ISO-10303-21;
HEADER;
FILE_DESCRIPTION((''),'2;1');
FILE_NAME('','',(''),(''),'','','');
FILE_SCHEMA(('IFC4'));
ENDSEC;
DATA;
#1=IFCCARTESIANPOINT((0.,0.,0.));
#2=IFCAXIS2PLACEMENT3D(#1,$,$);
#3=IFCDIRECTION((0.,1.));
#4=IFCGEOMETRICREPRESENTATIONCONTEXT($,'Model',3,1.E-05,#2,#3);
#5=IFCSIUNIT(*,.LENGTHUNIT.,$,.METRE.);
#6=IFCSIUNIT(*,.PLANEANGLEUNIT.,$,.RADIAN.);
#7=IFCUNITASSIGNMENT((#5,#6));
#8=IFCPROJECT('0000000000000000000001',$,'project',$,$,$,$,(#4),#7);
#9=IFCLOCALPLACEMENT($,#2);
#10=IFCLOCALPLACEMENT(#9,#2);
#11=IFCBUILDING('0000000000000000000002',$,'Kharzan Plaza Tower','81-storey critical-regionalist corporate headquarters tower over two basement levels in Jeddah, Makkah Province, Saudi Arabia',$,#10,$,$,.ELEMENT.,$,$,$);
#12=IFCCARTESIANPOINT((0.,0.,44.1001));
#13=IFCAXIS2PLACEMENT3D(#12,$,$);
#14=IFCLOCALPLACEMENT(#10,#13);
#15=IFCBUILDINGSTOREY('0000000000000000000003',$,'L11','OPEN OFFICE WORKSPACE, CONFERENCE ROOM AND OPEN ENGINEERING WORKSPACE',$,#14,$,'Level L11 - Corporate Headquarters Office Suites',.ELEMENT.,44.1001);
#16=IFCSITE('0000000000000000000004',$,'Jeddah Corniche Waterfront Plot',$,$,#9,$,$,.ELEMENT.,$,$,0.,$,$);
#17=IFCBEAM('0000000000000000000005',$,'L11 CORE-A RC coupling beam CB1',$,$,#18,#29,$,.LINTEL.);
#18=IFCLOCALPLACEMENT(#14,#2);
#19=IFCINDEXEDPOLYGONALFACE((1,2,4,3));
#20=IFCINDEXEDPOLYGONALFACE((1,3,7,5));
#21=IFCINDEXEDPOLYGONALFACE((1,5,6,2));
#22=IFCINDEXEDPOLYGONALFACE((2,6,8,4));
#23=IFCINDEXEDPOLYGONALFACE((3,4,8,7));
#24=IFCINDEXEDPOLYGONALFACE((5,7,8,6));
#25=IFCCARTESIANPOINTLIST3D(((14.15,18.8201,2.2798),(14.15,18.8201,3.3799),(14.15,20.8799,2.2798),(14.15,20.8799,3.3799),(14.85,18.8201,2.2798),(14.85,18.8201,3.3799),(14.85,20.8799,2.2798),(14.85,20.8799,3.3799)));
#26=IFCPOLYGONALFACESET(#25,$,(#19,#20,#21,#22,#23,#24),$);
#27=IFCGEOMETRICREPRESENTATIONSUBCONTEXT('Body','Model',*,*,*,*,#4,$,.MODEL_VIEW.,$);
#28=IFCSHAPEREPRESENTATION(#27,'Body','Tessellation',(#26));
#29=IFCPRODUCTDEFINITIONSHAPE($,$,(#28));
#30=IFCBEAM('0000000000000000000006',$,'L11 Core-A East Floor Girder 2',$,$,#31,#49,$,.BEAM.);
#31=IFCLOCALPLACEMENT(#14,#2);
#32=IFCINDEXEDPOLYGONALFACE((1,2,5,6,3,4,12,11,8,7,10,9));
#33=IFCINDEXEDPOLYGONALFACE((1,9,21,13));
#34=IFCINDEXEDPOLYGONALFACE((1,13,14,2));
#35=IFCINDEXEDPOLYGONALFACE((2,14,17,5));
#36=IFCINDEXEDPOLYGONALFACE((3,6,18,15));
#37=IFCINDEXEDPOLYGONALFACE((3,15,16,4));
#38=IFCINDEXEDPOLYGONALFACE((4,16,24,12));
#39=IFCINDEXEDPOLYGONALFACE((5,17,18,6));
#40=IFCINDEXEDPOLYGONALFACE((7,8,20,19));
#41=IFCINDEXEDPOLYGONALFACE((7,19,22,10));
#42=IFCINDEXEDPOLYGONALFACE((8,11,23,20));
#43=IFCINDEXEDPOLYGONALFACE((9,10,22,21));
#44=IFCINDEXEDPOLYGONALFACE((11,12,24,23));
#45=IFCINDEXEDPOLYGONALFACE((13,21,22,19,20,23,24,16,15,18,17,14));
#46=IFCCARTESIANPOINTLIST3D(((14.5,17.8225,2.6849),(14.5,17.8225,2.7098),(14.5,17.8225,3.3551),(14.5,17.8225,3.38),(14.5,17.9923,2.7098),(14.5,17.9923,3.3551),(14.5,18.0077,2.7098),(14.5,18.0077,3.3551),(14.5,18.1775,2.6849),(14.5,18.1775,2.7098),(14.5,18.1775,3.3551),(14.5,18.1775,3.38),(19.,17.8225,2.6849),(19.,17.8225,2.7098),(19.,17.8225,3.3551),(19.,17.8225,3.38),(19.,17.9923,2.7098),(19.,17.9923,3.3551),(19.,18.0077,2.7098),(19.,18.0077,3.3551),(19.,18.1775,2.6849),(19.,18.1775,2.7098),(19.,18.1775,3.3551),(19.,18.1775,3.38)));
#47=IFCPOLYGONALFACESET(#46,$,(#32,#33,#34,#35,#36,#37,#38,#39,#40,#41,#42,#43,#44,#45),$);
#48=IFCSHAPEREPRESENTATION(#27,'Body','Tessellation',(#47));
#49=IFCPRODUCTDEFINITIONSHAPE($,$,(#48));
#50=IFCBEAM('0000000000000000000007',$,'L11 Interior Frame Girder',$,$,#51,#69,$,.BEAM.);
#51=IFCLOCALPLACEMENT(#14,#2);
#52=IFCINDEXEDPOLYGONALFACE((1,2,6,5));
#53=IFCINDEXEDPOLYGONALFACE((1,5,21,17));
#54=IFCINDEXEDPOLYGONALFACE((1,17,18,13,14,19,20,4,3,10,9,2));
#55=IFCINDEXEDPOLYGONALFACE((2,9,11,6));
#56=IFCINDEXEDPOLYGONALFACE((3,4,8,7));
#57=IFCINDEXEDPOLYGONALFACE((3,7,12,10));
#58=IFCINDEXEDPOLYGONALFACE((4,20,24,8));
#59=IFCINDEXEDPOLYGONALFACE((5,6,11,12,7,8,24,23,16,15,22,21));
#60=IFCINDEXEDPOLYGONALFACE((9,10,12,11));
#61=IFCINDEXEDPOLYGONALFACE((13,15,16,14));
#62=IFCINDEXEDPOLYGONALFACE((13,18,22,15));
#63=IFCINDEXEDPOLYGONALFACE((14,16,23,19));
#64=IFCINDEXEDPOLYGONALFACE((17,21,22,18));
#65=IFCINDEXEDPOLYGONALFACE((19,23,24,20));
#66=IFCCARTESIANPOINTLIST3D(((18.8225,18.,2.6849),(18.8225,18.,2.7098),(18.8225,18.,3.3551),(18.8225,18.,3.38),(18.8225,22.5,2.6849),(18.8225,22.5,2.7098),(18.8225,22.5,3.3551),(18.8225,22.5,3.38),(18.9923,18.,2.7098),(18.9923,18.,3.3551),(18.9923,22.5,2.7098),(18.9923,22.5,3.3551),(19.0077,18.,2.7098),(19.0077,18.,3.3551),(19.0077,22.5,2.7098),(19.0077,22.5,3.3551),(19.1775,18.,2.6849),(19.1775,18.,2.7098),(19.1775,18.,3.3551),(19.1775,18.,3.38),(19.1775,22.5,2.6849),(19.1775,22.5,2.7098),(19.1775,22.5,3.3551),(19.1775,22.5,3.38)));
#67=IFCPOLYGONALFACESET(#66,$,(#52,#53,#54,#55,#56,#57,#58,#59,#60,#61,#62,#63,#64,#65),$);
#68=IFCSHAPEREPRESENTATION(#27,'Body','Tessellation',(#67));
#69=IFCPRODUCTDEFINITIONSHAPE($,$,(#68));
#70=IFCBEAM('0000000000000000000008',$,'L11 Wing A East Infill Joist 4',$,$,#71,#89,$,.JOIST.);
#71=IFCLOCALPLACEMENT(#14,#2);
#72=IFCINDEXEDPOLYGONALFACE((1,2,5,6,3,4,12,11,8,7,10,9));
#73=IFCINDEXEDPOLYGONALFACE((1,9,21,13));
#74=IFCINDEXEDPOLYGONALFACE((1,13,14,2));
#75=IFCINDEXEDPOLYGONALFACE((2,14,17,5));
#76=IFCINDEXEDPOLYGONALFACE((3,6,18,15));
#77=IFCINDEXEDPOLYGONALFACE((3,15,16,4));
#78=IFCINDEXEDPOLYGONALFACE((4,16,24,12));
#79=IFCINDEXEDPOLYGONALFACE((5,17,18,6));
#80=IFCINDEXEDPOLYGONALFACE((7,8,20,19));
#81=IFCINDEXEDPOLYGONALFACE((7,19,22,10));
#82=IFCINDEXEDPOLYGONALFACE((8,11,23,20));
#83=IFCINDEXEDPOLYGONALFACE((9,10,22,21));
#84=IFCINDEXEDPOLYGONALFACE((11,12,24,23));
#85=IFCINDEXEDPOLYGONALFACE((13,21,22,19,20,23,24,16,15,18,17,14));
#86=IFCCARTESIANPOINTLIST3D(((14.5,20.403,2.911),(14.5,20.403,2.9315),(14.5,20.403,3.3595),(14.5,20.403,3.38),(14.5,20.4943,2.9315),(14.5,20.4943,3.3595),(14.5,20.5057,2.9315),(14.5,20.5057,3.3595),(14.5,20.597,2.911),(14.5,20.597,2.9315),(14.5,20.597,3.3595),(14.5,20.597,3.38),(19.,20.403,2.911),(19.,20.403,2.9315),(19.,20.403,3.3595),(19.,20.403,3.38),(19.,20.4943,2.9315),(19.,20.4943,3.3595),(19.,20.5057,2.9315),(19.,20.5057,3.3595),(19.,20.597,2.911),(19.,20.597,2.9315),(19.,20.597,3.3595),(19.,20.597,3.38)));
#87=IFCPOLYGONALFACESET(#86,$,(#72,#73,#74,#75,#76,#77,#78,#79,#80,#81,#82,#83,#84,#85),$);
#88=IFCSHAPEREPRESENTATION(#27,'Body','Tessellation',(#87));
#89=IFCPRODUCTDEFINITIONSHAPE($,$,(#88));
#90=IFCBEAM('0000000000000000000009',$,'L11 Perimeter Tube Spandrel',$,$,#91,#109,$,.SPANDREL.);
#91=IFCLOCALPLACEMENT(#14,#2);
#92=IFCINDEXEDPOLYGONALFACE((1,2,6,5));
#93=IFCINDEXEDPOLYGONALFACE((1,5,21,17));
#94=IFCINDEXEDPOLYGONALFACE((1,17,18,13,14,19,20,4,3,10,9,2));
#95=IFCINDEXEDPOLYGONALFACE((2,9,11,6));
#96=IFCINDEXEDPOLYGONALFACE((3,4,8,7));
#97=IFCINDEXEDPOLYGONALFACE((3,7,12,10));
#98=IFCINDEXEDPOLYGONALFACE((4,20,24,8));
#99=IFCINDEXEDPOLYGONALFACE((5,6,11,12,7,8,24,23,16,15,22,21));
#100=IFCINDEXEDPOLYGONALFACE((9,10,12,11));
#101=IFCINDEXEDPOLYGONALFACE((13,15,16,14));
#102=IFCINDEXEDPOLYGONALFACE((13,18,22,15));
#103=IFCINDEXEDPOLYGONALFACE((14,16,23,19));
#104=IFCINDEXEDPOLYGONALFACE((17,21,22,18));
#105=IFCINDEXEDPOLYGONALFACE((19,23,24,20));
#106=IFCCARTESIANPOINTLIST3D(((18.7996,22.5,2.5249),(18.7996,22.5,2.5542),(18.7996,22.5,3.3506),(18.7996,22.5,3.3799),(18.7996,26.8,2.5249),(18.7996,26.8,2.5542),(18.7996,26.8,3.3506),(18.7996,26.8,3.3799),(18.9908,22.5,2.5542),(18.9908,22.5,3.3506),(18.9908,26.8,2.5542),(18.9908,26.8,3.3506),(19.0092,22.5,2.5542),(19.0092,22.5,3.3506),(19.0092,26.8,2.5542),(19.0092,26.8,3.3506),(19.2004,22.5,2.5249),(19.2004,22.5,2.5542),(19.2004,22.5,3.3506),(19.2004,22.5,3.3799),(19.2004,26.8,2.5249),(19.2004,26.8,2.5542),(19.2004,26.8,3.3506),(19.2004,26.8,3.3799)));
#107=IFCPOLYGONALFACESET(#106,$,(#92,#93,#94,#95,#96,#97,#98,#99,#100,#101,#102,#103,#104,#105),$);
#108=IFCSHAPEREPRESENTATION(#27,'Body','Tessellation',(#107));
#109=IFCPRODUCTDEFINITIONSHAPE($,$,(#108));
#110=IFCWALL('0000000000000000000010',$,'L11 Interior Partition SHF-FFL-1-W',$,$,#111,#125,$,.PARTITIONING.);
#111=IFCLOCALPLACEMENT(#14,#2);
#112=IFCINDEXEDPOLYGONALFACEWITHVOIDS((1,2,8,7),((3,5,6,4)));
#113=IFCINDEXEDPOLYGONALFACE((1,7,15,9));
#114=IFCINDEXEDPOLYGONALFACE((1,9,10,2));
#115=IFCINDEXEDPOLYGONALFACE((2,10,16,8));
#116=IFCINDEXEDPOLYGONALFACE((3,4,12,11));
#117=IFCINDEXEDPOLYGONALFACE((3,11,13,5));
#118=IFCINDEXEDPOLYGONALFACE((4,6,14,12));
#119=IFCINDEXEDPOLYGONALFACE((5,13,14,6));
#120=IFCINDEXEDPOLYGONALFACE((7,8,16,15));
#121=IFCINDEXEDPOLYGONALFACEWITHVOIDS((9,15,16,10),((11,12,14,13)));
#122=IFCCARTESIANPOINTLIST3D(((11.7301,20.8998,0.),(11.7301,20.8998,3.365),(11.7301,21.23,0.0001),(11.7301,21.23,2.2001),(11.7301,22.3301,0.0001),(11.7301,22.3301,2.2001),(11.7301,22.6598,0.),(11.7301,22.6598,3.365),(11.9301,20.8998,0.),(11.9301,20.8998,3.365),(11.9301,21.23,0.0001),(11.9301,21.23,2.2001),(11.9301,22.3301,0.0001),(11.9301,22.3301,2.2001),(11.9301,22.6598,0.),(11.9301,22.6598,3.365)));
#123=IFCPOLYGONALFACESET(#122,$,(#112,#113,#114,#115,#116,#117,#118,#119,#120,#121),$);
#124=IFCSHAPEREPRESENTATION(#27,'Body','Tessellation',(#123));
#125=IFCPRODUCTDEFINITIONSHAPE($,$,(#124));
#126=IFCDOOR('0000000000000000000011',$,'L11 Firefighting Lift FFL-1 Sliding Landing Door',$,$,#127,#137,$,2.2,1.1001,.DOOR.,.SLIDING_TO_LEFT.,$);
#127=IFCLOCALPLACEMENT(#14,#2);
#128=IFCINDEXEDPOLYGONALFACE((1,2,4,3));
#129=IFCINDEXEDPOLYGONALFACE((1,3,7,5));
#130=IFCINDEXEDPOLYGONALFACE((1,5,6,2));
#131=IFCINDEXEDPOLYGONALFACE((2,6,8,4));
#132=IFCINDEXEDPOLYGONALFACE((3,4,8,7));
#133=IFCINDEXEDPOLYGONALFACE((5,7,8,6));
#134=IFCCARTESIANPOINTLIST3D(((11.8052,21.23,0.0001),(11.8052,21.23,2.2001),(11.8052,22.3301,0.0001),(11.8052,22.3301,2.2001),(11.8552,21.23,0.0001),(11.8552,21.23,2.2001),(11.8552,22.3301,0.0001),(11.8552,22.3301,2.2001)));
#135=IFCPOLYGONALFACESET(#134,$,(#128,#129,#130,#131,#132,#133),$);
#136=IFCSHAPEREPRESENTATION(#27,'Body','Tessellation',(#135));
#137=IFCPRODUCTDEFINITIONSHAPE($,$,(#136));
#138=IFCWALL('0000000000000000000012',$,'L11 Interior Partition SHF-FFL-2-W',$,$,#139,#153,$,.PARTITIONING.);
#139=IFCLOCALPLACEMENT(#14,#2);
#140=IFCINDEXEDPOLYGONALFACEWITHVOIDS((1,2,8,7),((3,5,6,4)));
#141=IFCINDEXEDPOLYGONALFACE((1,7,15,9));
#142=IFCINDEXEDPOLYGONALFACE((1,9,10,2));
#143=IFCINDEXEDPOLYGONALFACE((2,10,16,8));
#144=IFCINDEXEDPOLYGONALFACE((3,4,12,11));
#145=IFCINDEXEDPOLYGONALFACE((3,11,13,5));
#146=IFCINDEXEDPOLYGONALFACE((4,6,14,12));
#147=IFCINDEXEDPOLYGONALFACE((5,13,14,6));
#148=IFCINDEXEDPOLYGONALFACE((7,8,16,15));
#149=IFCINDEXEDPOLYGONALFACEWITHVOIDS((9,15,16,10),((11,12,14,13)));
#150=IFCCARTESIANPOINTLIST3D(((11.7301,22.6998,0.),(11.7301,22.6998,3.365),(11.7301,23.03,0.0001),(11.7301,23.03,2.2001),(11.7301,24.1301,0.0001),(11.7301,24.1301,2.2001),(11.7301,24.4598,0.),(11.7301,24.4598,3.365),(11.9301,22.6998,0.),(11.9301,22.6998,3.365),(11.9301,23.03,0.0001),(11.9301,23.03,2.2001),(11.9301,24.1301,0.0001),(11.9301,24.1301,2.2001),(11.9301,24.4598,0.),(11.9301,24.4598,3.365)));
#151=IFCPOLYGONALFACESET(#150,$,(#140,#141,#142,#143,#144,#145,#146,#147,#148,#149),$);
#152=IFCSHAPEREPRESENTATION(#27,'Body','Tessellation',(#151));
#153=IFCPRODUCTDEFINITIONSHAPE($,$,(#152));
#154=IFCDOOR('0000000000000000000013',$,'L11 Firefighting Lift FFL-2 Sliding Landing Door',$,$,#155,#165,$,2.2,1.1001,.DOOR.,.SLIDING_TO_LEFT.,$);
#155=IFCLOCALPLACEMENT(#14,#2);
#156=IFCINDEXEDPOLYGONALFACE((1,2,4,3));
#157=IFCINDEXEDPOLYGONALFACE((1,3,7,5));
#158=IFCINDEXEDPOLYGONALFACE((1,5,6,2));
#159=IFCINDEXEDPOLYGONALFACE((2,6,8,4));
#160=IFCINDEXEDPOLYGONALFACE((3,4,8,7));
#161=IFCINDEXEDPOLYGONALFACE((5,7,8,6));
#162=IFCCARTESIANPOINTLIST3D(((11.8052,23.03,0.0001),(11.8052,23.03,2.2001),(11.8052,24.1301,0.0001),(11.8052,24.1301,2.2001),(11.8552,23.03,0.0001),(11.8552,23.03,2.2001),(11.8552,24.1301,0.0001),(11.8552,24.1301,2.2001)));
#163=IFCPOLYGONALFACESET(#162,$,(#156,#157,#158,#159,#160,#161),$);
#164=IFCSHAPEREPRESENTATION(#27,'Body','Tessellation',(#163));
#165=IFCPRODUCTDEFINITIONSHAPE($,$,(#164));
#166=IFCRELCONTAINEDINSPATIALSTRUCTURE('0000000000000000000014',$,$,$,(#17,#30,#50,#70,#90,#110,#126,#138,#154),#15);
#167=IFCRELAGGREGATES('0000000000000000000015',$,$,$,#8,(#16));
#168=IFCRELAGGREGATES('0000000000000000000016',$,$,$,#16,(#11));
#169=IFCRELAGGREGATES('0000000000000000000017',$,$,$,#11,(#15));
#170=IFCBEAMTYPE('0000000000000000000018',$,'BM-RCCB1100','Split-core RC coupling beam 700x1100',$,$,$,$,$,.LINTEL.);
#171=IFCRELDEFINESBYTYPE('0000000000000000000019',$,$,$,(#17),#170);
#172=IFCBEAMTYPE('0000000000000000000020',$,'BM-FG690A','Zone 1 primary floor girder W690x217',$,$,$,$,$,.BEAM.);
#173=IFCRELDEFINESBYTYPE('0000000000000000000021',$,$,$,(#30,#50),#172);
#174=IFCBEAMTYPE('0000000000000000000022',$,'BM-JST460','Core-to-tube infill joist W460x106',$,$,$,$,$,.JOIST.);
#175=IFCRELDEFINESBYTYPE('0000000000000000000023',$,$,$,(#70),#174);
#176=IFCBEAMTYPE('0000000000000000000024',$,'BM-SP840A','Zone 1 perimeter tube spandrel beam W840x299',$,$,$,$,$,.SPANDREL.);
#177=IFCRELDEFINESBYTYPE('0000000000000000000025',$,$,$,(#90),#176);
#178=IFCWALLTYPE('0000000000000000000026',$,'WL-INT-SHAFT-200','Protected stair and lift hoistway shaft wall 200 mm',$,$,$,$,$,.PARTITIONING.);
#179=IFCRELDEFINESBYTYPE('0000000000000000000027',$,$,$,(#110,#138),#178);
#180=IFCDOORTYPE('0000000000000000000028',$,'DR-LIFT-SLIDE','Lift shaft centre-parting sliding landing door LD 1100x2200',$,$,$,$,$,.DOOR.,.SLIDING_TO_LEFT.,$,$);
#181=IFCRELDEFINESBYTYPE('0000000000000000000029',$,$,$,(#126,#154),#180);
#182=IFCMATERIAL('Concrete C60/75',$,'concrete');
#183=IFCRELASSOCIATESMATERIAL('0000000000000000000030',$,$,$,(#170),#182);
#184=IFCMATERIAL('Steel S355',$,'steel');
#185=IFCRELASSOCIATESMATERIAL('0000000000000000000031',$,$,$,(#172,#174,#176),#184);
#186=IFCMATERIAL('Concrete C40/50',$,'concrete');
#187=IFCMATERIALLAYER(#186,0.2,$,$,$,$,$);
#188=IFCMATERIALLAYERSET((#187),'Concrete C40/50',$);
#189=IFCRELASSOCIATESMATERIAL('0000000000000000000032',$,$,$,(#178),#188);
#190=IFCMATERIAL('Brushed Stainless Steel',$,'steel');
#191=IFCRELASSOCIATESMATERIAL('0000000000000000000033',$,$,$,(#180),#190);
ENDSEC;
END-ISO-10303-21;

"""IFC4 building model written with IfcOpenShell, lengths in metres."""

from ifc_helpers import new_model, si_unit, direction, frame, frame_2d, origin, origin_2d, place, context, subcontext, project, spatial, rectangle, i_section, extrude, source, transform, mapped, material, layer, layer_set, material_profile, profile_set, type_object, element, fill, save


model = new_model("IFC4")

# Units and contexts
model_context = context("Model", 3, precision=1e-05, world=origin(), true_north=direction((0.0, 1.0)))
body_context = subcontext(model_context, "Body", "Model", "MODEL_VIEW")
ifc_project = project(units=[si_unit("LENGTHUNIT", "METRE"), si_unit("PLANEANGLEUNIT", "RADIAN")], contexts=[model_context])

# Site, building, storey
site_placement = place(None, origin())
site = spatial("IfcSite", under=ifc_project, at=site_placement, Name="Jeddah Corniche Waterfront Plot", CompositionType="ELEMENT", RefElevation=0.0)
building_placement = place(site_placement, origin())
building = spatial("IfcBuilding", under=site, at=building_placement, Name="Kharzan Plaza Tower", Description="81-storey critical-regionalist corporate headquarters tower over two basement levels in Jeddah, Makkah Province, Saudi Arabia", CompositionType="ELEMENT")
storey_placement = place(building_placement, frame((0.0, 0.0, 44.1001)))
storey = spatial("IfcBuildingStorey", under=building, at=storey_placement, Name="L11", Description="OPEN OFFICE WORKSPACE, CONFERENCE ROOM AND OPEN ENGINEERING WORKSPACE", LongName="Level L11 - Corporate Headquarters Office Suites", CompositionType="ELEMENT", Elevation=44.1001)

# Beams
ifc_material_1 = material(Name="Concrete C60/75", Category="concrete")
ifc_material_profile_1 = material_profile(ifc_material_1, rectangle(XDim=0.7, YDim=1.1001, at=origin_2d()), Name="RC-CB1100x700")
ifc_profile_set_1 = profile_set([ifc_material_profile_1], Name="Concrete C60/75")
beam_type_1 = type_object("IfcBeamType", Name="BM-RCCB1100", Description="Split-core RC coupling beam 700x1100", PredefinedType="LINTEL", material=ifc_profile_set_1)
shared_shape_1 = source(origin(), body_context, "Body", "SweptSolid", [
    extrude(rectangle(XDim=0.7, YDim=1.1001, at=origin_2d()), origin(), (0.0, 0.0, 1.0), 2.0598),
])
beam_1_placement = place(storey_placement, frame((14.5, 18.8201, 2.8298), z_axis=(0.0, 1.0, 0.0), x_axis=(-1.0, 0.0, 0.0)))
element("IfcBeam", 1, at=beam_1_placement, inside=storey, type_object=beam_type_1, Name="L11 CORE-A RC coupling beam CB1", PredefinedType="LINTEL", context=body_context, shape_type="MappedRepresentation", body=[
    mapped(shared_shape_1, transform((0.0, 0.0, 0.0), x_axis=(1.0, 0.0, 0.0), y_axis=(0.0, 1.0, 0.0), z_axis=(0.0, 0.0, 1.0))),
])
ifc_material_2 = material(Name="Steel S355", Category="steel")
ifc_material_profile_2 = material_profile(ifc_material_2, i_section(OverallWidth=0.355, OverallDepth=0.6951, WebThickness=0.0154, FlangeThickness=0.0249, at=origin_2d()), Name="W690x217")
ifc_profile_set_2 = profile_set([ifc_material_profile_2], Name="Steel S355")
beam_type_2 = type_object("IfcBeamType", Name="BM-FG690A", Description="Zone 1 primary floor girder W690x217", PredefinedType="BEAM", material=ifc_profile_set_2)
shared_shape_2 = source(origin(), body_context, "Body", "SweptSolid", [
    extrude(i_section(OverallWidth=0.355, OverallDepth=0.6951, WebThickness=0.0154, FlangeThickness=0.0249, at=origin_2d()), origin(), (0.0, 0.0, 1.0), 4.5),
])
for number, where, z_axis, x_axis, name in (
    (2, (14.5, 18.0, 3.0325), (1.0, 0.0, 0.0), (0.0, 1.0, 0.0), "L11 Core-A East Floor Girder 2"),
    (3, (19.0, 18.0, 3.0325), (0.0, 1.0, 0.0), (-1.0, 0.0, 0.0), "L11 Interior Frame Girder"),
):
    element("IfcBeam", number, at=place(storey_placement, frame(where, z_axis=z_axis, x_axis=x_axis)), inside=storey, type_object=beam_type_2, Name=name, PredefinedType="BEAM", context=body_context, shape_type="MappedRepresentation", body=[
        mapped(shared_shape_2, transform((0.0, 0.0, 0.0), x_axis=(1.0, 0.0, 0.0), y_axis=(0.0, 1.0, 0.0), z_axis=(0.0, 0.0, 1.0))),
    ])
ifc_material_profile_3 = material_profile(ifc_material_2, i_section(OverallWidth=0.1941, OverallDepth=0.469, WebThickness=0.0115, FlangeThickness=0.0205, at=origin_2d()), Name="W460x106")
ifc_profile_set_3 = profile_set([ifc_material_profile_3], Name="Steel S355")
beam_type_3 = type_object("IfcBeamType", Name="BM-JST460", Description="Core-to-tube infill joist W460x106", PredefinedType="JOIST", material=ifc_profile_set_3)
shared_shape_3 = source(origin(), body_context, "Body", "SweptSolid", [
    extrude(i_section(OverallWidth=0.1941, OverallDepth=0.469, WebThickness=0.0115, FlangeThickness=0.0205, at=origin_2d()), origin(), (0.0, 0.0, 1.0), 4.5),
])
beam_2_placement = place(storey_placement, frame((14.5, 20.5, 3.1455), z_axis=(1.0, 0.0, 0.0), x_axis=(0.0, 1.0, 0.0)))
element("IfcBeam", 4, at=beam_2_placement, inside=storey, type_object=beam_type_3, Name="L11 Wing A East Infill Joist 4", PredefinedType="JOIST", context=body_context, shape_type="MappedRepresentation", body=[
    mapped(shared_shape_3, transform((0.0, 0.0, 0.0), x_axis=(1.0, 0.0, 0.0), y_axis=(0.0, 1.0, 0.0), z_axis=(0.0, 0.0, 1.0))),
])
ifc_material_profile_4 = material_profile(ifc_material_2, i_section(OverallWidth=0.4009, OverallDepth=0.855, WebThickness=0.0183, FlangeThickness=0.0293, at=origin_2d()), Name="W840x299")
ifc_profile_set_4 = profile_set([ifc_material_profile_4], Name="Steel S355")
beam_type_4 = type_object("IfcBeamType", Name="BM-SP840A", Description="Zone 1 perimeter tube spandrel beam W840x299", PredefinedType="SPANDREL", material=ifc_profile_set_4)
shared_shape_4 = source(origin(), body_context, "Body", "SweptSolid", [
    extrude(i_section(OverallWidth=0.4009, OverallDepth=0.855, WebThickness=0.0183, FlangeThickness=0.0293, at=origin_2d()), origin(), (0.0, 0.0, 1.0), 4.3),
])
beam_3_placement = place(storey_placement, frame((19.0, 22.5, 2.9524), z_axis=(0.0, 1.0, 0.0), x_axis=(-1.0, 0.0, 0.0)))
element("IfcBeam", 5, at=beam_3_placement, inside=storey, type_object=beam_type_4, Name="L11 Perimeter Tube Spandrel", PredefinedType="SPANDREL", context=body_context, shape_type="MappedRepresentation", body=[
    mapped(shared_shape_4, transform((0.0, 0.0, 0.0), x_axis=(1.0, 0.0, 0.0), y_axis=(0.0, 1.0, 0.0), z_axis=(0.0, 0.0, 1.0))),
])

# Walls, openings, doors
ifc_material_3 = material(Name="Concrete C40/50", Category="concrete")
ifc_layer_1 = layer(ifc_material_3, 0.2)
ifc_layer_set_1 = layer_set([ifc_layer_1], Name="Concrete C40/50")
wall_type_1 = type_object("IfcWallType", Name="WL-INT-SHAFT-200", Description="Protected stair and lift hoistway shaft wall 200 mm", PredefinedType="PARTITIONING", material=ifc_layer_set_1)
wall_1_placement = place(storey_placement, frame((11.8301, 20.8999, 0.0), z_axis=(0.0, 0.0, 1.0), x_axis=(0.0, 1.0, 0.0)))
wall_1 = element("IfcWall", 6, at=wall_1_placement, inside=storey, type_object=wall_type_1, Name="L11 Interior Partition SHF-FFL-1-W", PredefinedType="PARTITIONING", context=body_context, shape_type="SweptSolid", body=[
    extrude(rectangle(XDim=1.76, YDim=0.2, at=frame_2d((0.8799, 0.0))), origin(), (0.0, 0.0, 1.0), 3.365),
])
opening_1_placement = place(wall_1_placement, frame((0.3301, 0.0, 0.0)))
opening_1 = element("IfcOpeningElement", 7, at=opening_1_placement, cuts=wall_1, PredefinedType="OPENING", context=body_context, shape_type="SweptSolid", body=[
    extrude(rectangle(XDim=1.1001, YDim=2.2, at=frame_2d((0.55, 1.1001))), frame((0.0, 0.1099, 0.0), z_axis=(0.0, -1.0, 0.0), x_axis=(1.0, 0.0, 0.0)), (0.0, 0.0, 1.0), 0.22),
])
ifc_material_4 = material(Name="Brushed Stainless Steel", Category="steel")
door_type_1 = type_object("IfcDoorType", Name="DR-LIFT-SLIDE", Description="Lift shaft centre-parting sliding landing door LD 1100x2200", OperationType="SLIDING_TO_LEFT", PredefinedType="DOOR", material=ifc_material_4)
shared_shape_5 = source(origin(), body_context, "Body", "SweptSolid", [
    extrude(rectangle(XDim=1.1001, YDim=2.2, at=frame_2d((0.55, 1.1001))), frame((0.0, 0.0249, 0.0), z_axis=(0.0, -1.0, 0.0), x_axis=(1.0, 0.0, 0.0)), (0.0, 0.0, 1.0), 0.05),
])
door_1_placement = place(opening_1_placement, origin())
door_1 = element("IfcDoor", 8, at=door_1_placement, inside=storey, type_object=door_type_1, Name="L11 Firefighting Lift FFL-1 Sliding Landing Door", OperationType="SLIDING_TO_LEFT", OverallHeight=2.2, OverallWidth=1.1001, PredefinedType="DOOR", context=body_context, shape_type="MappedRepresentation", body=[
    mapped(shared_shape_5, transform((0.0, 0.0, 0.0), x_axis=(1.0, 0.0, 0.0), y_axis=(0.0, 1.0, 0.0), z_axis=(0.0, 0.0, 1.0))),
])
fill(opening_1, door_1)
wall_2_placement = place(storey_placement, frame((11.8301, 22.7, 0.0), z_axis=(0.0, 0.0, 1.0), x_axis=(0.0, 1.0, 0.0)))
wall_2 = element("IfcWall", 9, at=wall_2_placement, inside=storey, type_object=wall_type_1, Name="L11 Interior Partition SHF-FFL-2-W", PredefinedType="PARTITIONING", context=body_context, shape_type="SweptSolid", body=[
    extrude(rectangle(XDim=1.76, YDim=0.2, at=frame_2d((0.8799, 0.0))), origin(), (0.0, 0.0, 1.0), 3.365),
])
opening_2_placement = place(wall_2_placement, frame((0.3301, 0.0, 0.0)))
opening_2 = element("IfcOpeningElement", 10, at=opening_2_placement, cuts=wall_2, PredefinedType="OPENING", context=body_context, shape_type="SweptSolid", body=[
    extrude(rectangle(XDim=1.1001, YDim=2.2, at=frame_2d((0.55, 1.1001))), frame((0.0, 0.1099, 0.0), z_axis=(0.0, -1.0, 0.0), x_axis=(1.0, 0.0, 0.0)), (0.0, 0.0, 1.0), 0.22),
])
door_2_placement = place(opening_2_placement, origin())
door_2 = element("IfcDoor", 11, at=door_2_placement, inside=storey, type_object=door_type_1, Name="L11 Firefighting Lift FFL-2 Sliding Landing Door", OperationType="SLIDING_TO_LEFT", OverallHeight=2.2, OverallWidth=1.1001, PredefinedType="DOOR", context=body_context, shape_type="MappedRepresentation", body=[
    mapped(shared_shape_5, transform((0.0, 0.0, 0.0), x_axis=(1.0, 0.0, 0.0), y_axis=(0.0, 1.0, 0.0), z_axis=(0.0, 0.0, 1.0))),
])
fill(opening_2, door_2)

save(model, "model.ifc")
